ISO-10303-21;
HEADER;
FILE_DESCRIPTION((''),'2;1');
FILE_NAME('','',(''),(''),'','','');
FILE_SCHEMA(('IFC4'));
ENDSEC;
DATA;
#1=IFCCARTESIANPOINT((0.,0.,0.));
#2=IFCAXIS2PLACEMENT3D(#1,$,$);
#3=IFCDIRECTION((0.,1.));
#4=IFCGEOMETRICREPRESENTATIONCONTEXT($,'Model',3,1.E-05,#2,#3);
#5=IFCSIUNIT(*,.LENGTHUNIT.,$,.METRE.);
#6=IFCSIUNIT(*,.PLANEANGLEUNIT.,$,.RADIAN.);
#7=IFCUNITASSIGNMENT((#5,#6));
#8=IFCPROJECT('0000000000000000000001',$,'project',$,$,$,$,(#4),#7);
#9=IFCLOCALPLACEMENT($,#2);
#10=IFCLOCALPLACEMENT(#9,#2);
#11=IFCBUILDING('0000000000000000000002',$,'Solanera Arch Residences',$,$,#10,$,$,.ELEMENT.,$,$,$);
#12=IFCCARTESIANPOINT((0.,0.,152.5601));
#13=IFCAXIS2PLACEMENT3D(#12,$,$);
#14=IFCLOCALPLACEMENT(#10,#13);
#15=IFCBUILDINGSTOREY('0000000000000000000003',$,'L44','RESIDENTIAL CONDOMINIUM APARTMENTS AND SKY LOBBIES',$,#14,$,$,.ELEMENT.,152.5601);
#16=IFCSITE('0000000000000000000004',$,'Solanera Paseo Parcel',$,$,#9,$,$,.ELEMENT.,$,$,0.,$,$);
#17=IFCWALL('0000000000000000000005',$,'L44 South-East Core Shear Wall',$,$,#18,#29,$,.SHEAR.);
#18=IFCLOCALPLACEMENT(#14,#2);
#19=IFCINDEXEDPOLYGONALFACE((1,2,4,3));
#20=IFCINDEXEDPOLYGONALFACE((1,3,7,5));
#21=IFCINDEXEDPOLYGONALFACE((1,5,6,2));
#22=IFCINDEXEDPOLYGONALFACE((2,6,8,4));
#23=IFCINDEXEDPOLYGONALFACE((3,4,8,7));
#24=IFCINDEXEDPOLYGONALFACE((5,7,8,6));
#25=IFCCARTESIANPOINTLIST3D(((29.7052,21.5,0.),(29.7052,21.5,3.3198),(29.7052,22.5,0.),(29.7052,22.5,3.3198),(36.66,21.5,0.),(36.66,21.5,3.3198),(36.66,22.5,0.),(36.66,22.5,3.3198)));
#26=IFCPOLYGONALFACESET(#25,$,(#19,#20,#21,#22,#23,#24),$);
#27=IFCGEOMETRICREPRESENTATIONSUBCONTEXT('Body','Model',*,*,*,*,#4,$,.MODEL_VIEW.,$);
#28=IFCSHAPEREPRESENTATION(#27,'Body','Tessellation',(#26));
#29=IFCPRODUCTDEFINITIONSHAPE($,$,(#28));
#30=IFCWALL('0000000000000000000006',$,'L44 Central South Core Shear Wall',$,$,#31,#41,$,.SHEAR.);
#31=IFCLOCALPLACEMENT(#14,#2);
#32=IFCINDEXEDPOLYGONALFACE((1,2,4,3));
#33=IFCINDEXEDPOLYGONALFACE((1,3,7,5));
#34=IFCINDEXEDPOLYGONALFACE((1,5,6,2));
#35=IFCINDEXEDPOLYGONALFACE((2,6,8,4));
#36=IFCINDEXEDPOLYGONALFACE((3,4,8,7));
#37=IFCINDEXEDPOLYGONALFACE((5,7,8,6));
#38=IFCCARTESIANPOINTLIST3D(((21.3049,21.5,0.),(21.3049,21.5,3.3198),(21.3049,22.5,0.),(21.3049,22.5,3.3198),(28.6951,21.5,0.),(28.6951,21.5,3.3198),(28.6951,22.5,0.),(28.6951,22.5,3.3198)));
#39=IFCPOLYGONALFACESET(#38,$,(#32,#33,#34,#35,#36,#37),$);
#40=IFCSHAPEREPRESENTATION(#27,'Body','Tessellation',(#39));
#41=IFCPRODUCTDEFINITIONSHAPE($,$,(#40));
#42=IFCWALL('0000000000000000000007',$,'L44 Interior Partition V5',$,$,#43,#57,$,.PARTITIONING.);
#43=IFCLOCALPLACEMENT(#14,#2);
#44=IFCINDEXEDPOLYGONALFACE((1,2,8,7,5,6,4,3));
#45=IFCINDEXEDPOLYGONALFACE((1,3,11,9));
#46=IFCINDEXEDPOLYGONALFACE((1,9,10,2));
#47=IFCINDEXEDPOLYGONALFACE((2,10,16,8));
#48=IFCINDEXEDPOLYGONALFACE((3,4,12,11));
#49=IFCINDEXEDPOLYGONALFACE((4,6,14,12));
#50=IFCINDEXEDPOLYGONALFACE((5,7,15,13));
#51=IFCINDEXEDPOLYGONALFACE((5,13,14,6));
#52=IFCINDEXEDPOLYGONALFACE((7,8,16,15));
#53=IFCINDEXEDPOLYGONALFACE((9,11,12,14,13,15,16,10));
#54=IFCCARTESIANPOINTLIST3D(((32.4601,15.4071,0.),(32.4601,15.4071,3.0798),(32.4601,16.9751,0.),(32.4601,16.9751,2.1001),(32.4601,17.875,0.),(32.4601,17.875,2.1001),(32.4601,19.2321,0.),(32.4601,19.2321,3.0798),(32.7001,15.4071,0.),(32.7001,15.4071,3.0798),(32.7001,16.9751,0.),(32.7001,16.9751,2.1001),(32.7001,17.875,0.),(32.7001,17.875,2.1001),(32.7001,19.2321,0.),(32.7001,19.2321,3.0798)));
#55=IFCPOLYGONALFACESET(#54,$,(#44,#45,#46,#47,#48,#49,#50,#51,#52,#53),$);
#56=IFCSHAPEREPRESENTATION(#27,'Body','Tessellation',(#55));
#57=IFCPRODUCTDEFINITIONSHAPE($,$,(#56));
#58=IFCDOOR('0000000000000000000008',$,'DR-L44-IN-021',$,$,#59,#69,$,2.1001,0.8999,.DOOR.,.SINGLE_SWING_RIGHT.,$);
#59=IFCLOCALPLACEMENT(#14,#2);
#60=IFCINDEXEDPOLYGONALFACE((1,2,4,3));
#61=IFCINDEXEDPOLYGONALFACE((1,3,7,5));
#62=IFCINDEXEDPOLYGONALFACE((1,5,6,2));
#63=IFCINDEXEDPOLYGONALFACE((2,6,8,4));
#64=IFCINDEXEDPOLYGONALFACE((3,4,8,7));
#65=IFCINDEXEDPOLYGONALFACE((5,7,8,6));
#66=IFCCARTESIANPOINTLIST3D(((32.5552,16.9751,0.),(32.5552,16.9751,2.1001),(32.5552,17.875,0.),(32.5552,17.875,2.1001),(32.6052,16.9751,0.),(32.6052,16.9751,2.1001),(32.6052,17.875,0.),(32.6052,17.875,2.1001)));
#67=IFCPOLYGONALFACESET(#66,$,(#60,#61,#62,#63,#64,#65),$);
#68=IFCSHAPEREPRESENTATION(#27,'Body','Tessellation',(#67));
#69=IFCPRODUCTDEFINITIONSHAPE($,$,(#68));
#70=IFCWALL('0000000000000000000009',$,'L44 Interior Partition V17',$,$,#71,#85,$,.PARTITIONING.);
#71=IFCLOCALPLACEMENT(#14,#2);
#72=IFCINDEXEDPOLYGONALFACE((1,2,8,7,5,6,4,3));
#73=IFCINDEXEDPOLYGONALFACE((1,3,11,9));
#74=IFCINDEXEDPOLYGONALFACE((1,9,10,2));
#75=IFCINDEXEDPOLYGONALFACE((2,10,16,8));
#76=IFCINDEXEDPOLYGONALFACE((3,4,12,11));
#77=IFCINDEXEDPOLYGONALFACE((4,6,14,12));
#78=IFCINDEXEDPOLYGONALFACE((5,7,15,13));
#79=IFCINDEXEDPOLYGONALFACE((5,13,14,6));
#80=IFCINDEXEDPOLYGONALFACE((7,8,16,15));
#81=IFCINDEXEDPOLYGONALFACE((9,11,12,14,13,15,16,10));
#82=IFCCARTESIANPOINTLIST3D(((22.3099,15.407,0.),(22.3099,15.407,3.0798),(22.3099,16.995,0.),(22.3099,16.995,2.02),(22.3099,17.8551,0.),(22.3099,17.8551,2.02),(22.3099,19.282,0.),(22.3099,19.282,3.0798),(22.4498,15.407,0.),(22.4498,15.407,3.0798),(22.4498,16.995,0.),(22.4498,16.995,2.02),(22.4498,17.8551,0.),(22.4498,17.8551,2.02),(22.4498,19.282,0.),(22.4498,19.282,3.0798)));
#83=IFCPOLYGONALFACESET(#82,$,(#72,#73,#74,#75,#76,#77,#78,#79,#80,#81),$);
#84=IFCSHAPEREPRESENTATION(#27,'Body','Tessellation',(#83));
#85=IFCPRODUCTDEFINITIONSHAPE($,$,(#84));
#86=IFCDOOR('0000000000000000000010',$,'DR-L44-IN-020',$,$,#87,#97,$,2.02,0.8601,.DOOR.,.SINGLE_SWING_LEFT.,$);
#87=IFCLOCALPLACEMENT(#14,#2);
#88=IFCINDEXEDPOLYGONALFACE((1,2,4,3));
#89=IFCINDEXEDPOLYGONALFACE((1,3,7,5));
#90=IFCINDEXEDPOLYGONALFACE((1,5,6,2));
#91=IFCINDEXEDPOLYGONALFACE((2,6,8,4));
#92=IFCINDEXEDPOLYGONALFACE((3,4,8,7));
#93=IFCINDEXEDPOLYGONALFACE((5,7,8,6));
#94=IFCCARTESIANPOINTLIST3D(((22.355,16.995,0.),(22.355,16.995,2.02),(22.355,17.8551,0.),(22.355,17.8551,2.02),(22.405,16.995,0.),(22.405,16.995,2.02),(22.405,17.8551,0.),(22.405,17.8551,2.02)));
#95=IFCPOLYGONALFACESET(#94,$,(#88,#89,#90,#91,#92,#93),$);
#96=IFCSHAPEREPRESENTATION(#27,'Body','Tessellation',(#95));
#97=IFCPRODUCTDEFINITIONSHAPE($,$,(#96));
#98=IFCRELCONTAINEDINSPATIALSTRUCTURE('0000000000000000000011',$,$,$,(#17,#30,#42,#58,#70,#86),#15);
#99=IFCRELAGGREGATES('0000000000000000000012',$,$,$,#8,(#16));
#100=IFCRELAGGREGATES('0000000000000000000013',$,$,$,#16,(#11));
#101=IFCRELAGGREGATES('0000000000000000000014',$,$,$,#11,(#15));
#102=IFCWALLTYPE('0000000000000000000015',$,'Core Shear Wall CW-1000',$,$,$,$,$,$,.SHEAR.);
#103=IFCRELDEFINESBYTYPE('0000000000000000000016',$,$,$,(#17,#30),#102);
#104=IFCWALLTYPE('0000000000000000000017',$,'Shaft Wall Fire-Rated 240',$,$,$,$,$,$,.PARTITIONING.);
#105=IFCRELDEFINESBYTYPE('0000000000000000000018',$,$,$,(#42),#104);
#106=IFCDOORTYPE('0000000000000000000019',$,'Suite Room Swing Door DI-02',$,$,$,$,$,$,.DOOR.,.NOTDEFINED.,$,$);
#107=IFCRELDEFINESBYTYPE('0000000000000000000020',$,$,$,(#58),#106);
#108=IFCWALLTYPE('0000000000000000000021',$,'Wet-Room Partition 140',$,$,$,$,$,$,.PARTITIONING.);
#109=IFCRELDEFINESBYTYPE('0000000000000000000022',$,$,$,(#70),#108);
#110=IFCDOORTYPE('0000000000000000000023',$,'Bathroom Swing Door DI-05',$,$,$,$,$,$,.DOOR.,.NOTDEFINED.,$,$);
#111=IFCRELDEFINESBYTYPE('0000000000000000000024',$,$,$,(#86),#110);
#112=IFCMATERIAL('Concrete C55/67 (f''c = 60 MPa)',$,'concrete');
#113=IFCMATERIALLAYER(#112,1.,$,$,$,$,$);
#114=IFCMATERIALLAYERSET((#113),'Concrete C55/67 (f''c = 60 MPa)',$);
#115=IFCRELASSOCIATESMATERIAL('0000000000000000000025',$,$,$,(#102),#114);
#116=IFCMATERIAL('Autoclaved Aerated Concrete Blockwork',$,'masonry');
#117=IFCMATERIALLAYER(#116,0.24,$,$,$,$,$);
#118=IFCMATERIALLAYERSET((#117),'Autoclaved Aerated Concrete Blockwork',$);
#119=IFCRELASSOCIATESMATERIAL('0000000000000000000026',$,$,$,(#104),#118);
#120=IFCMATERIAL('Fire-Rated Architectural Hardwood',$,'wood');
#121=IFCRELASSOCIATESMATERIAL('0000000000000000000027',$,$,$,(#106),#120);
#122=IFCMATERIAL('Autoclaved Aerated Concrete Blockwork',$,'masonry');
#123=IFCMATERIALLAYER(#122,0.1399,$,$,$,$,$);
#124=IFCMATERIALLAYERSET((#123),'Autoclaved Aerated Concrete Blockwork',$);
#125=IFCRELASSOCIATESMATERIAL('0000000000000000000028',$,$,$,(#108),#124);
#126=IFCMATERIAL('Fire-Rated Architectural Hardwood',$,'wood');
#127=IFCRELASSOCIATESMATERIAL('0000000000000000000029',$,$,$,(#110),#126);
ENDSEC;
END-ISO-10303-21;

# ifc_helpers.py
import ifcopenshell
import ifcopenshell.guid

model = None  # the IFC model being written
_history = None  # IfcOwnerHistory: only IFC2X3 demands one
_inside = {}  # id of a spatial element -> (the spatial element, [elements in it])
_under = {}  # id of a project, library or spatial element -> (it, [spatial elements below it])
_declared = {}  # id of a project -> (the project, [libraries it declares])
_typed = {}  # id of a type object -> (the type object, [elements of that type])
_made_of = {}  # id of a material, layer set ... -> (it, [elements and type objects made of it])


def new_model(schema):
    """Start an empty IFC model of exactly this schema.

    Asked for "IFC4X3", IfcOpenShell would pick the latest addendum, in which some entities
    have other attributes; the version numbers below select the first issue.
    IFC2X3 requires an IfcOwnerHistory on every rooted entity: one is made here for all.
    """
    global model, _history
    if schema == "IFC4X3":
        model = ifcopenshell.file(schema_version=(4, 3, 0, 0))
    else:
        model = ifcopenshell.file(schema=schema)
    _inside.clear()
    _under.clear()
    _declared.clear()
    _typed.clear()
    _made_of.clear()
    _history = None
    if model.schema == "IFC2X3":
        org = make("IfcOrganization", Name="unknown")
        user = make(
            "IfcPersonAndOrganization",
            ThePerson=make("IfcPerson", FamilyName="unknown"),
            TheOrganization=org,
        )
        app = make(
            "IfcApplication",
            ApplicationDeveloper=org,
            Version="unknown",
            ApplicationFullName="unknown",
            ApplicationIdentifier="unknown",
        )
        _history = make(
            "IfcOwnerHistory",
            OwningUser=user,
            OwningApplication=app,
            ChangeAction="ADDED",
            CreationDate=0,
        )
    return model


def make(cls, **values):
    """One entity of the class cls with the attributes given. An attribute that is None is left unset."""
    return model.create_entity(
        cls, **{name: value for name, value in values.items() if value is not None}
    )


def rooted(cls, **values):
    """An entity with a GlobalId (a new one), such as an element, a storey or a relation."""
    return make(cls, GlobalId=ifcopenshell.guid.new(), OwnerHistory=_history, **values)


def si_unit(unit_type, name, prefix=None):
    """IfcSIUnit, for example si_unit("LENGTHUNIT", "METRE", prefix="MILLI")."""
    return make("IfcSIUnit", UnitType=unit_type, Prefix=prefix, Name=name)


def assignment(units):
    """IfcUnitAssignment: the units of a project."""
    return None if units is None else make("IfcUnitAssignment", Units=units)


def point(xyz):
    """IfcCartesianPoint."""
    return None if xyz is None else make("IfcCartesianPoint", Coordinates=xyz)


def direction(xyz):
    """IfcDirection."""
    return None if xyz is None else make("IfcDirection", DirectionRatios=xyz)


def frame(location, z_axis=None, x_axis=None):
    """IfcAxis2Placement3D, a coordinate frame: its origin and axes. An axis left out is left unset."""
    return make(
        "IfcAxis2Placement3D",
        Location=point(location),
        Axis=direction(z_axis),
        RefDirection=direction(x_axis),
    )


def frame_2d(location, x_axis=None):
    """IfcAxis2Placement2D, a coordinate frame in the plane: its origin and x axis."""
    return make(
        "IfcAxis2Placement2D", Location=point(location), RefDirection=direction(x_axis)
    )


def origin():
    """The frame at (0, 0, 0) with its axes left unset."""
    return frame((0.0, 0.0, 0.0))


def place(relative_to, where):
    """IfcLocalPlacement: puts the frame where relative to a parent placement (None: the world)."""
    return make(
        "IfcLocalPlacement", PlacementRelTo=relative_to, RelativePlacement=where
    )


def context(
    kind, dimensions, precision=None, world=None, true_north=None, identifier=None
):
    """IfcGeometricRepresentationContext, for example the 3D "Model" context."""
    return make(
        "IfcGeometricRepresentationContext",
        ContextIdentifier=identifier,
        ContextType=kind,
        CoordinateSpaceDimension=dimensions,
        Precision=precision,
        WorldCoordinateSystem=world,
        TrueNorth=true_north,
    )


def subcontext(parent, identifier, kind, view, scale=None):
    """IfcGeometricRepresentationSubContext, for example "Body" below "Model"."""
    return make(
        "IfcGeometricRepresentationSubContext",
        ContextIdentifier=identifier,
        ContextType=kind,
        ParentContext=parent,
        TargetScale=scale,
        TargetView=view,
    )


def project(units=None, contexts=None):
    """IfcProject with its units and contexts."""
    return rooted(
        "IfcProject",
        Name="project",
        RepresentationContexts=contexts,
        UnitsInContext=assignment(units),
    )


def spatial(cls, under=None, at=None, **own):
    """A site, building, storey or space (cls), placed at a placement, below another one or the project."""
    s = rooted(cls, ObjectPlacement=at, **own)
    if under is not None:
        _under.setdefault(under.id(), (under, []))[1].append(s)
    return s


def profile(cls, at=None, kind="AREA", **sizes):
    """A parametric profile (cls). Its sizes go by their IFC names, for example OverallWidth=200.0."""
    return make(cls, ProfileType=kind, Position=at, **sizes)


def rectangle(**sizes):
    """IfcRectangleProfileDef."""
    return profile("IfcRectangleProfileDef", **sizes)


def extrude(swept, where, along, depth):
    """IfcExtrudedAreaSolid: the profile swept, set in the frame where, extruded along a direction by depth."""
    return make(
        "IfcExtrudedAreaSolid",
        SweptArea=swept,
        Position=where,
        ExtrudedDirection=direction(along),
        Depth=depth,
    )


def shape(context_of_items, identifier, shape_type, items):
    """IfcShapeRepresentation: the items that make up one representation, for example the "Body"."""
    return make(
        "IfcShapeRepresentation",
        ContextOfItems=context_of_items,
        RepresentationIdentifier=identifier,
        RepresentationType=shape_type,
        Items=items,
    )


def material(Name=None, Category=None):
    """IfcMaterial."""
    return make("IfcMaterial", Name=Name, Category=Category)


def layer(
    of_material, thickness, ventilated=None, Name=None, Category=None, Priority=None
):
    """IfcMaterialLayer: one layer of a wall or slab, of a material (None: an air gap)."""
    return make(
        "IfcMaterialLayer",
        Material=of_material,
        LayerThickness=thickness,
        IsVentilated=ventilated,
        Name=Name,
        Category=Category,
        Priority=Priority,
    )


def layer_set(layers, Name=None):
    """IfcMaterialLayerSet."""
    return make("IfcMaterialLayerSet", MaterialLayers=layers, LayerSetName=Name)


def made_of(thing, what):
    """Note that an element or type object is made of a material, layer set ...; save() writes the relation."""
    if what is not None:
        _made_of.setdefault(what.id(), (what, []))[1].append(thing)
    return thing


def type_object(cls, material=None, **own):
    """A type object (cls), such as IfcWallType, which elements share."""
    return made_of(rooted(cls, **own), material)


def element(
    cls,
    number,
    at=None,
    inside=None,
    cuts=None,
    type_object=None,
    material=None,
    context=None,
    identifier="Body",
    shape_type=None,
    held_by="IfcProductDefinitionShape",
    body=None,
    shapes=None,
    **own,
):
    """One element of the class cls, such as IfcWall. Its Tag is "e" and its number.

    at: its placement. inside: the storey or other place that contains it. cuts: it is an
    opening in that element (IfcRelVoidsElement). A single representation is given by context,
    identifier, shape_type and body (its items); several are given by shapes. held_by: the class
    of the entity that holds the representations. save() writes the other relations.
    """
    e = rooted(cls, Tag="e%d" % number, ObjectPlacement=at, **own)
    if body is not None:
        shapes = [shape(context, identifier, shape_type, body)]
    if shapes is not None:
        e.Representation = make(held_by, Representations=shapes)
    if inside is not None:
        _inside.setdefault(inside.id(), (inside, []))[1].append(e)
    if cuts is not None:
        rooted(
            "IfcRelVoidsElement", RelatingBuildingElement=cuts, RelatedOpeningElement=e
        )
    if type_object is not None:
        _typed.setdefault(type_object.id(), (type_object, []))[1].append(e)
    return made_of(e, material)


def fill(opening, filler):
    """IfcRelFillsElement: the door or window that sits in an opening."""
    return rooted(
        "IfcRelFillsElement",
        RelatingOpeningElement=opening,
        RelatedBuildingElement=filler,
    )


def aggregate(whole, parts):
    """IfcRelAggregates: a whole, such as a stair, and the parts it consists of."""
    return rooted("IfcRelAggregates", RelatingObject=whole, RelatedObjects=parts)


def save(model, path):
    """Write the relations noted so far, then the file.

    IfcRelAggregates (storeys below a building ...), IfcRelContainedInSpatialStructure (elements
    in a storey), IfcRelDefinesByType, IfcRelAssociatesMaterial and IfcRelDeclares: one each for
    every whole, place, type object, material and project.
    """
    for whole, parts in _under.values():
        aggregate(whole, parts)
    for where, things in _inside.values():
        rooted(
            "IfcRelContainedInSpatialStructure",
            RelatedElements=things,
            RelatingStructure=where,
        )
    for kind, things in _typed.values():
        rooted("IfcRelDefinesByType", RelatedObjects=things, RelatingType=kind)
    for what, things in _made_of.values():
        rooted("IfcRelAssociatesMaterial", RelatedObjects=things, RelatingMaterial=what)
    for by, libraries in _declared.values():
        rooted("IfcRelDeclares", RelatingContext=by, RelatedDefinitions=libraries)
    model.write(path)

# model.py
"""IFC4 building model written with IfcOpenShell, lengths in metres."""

from ifc_helpers import new_model, si_unit, direction, frame, frame_2d, origin, place, context, subcontext, project, spatial, rectangle, extrude, material, layer, layer_set, type_object, element, fill, save


model = new_model("IFC4")

# Units and contexts
model_context = context("Model", 3, precision=1e-05, world=origin(), true_north=direction((0.0, 1.0)))
body_context = subcontext(model_context, "Body", "Model", "MODEL_VIEW")
ifc_project = project(units=[si_unit("LENGTHUNIT", "METRE"), si_unit("PLANEANGLEUNIT", "RADIAN")], contexts=[model_context])

# Site, building, storey
site_placement = place(None, origin())
site = spatial("IfcSite", under=ifc_project, at=site_placement, Name="Solanera Paseo Parcel", CompositionType="ELEMENT", RefElevation=0.0)
building_placement = place(site_placement, origin())
building = spatial("IfcBuilding", under=site, at=building_placement, Name="Solanera Arch Residences", CompositionType="ELEMENT")
storey_placement = place(building_placement, frame((0.0, 0.0, 152.5601)))
storey = spatial("IfcBuildingStorey", under=building, at=storey_placement, Name="L44", Description="RESIDENTIAL CONDOMINIUM APARTMENTS AND SKY LOBBIES", CompositionType="ELEMENT", Elevation=152.5601)

# Walls
ifc_material_1 = material(Name="Concrete C55/67 (f'c = 60 MPa)", Category="concrete")
ifc_layer_1 = layer(ifc_material_1, 1.0)
ifc_layer_set_1 = layer_set([ifc_layer_1], Name="Concrete C55/67 (f'c = 60 MPa)")
wall_type_1 = type_object("IfcWallType", Name="Core Shear Wall CW-1000", PredefinedType="SHEAR", material=ifc_layer_set_1)
wall_1_placement = place(storey_placement, frame((29.7051, 22.0, 0.0), z_axis=(0.0, 0.0, 1.0), x_axis=(1.0, 0.0, 0.0)))
element("IfcWall", 1, at=wall_1_placement, inside=storey, type_object=wall_type_1, Name="L44 South-East Core Shear Wall", PredefinedType="SHEAR", context=body_context, shape_type="SweptSolid", body=[
    extrude(rectangle(XDim=6.9548, YDim=1.0, at=frame_2d((3.4775, 0.0))), origin(), (0.0, 0.0, 1.0), 3.3198),
])
wall_2_placement = place(storey_placement, frame((21.3049, 22.0, 0.0), z_axis=(0.0, 0.0, 1.0), x_axis=(1.0, 0.0, 0.0)))
element("IfcWall", 2, at=wall_2_placement, inside=storey, type_object=wall_type_1, Name="L44 Central South Core Shear Wall", PredefinedType="SHEAR", context=body_context, shape_type="SweptSolid", body=[
    extrude(rectangle(XDim=7.3901, YDim=1.0, at=frame_2d((3.6951, 0.0))), origin(), (0.0, 0.0, 1.0), 3.3198),
])

# Walls, openings, doors
ifc_material_2 = material(Name="Autoclaved Aerated Concrete Blockwork", Category="masonry")
ifc_layer_2 = layer(ifc_material_2, 0.24)
ifc_layer_set_2 = layer_set([ifc_layer_2], Name="Autoclaved Aerated Concrete Blockwork")
wall_type_2 = type_object("IfcWallType", Name="Shaft Wall Fire-Rated 240", PredefinedType="PARTITIONING", material=ifc_layer_set_2)
wall_3_placement = place(storey_placement, frame((32.5801, 15.407, 0.0), z_axis=(0.0, 0.0, 1.0), x_axis=(0.0, 1.0, 0.0)))
wall_3 = element("IfcWall", 3, at=wall_3_placement, inside=storey, type_object=wall_type_2, Name="L44 Interior Partition V5", PredefinedType="PARTITIONING", context=body_context, shape_type="SweptSolid", body=[
    extrude(rectangle(XDim=3.825, YDim=0.24, at=frame_2d((1.9126, 0.0))), origin(), (0.0, 0.0, 1.0), 3.0798),
])
opening_1_placement = place(wall_3_placement, frame((1.5681, 0.0, 0.0)))
opening_1 = element("IfcOpeningElement", 4, at=opening_1_placement, cuts=wall_3, PredefinedType="OPENING", context=body_context, shape_type="SweptSolid", body=[
    extrude(rectangle(XDim=0.8999, YDim=2.1001, at=frame_2d((0.45, 1.05))), frame((0.0, 0.1299, 0.0), z_axis=(0.0, -1.0, 0.0), x_axis=(1.0, 0.0, 0.0)), (0.0, 0.0, 1.0), 0.26),
])
ifc_material_3 = material(Name="Fire-Rated Architectural Hardwood", Category="wood")
door_type_1 = type_object("IfcDoorType", Name="Suite Room Swing Door DI-02", OperationType="NOTDEFINED", PredefinedType="DOOR", material=ifc_material_3)
door_1_placement = place(opening_1_placement, origin())
door_1 = element("IfcDoor", 5, at=door_1_placement, inside=storey, type_object=door_type_1, Name="DR-L44-IN-021", OperationType="SINGLE_SWING_RIGHT", OverallHeight=2.1001, OverallWidth=0.8999, PredefinedType="DOOR", context=body_context, shape_type="SweptSolid", body=[
    extrude(rectangle(XDim=0.8999, YDim=2.1001, at=frame_2d((0.45, 1.05))), frame((0.0, 0.0249, 0.0), z_axis=(0.0, -1.0, 0.0), x_axis=(1.0, 0.0, 0.0)), (0.0, 0.0, 1.0), 0.05),
])
fill(opening_1, door_1)
ifc_material_4 = material(Name="Autoclaved Aerated Concrete Blockwork", Category="masonry")
ifc_layer_3 = layer(ifc_material_4, 0.1399)
ifc_layer_set_3 = layer_set([ifc_layer_3], Name="Autoclaved Aerated Concrete Blockwork")
wall_type_3 = type_object("IfcWallType", Name="Wet-Room Partition 140", PredefinedType="PARTITIONING", material=ifc_layer_set_3)
wall_4_placement = place(storey_placement, frame((22.3799, 15.407, 0.0), z_axis=(0.0, 0.0, 1.0), x_axis=(0.0, 1.0, 0.0)))
wall_4 = element("IfcWall", 6, at=wall_4_placement, inside=storey, type_object=wall_type_3, Name="L44 Interior Partition V17", PredefinedType="PARTITIONING", context=body_context, shape_type="SweptSolid", body=[
    extrude(rectangle(XDim=3.875, YDim=0.1399, at=frame_2d((1.9375, 0.0))), origin(), (0.0, 0.0, 1.0), 3.0798),
])
opening_2_placement = place(wall_4_placement, frame((1.5879, 0.0, 0.0)))
opening_2 = element("IfcOpeningElement", 7, at=opening_2_placement, cuts=wall_4, PredefinedType="OPENING", context=body_context, shape_type="SweptSolid", body=[
    extrude(rectangle(XDim=0.8601, YDim=2.02, at=frame_2d((0.4302, 1.01))), frame((0.0, 0.0798, 0.0), z_axis=(0.0, -1.0, 0.0), x_axis=(1.0, 0.0, 0.0)), (0.0, 0.0, 1.0), 0.1599),
])
ifc_material_5 = material(Name="Fire-Rated Architectural Hardwood", Category="wood")
door_type_2 = type_object("IfcDoorType", Name="Bathroom Swing Door DI-05", OperationType="NOTDEFINED", PredefinedType="DOOR", material=ifc_material_5)
door_2_placement = place(opening_2_placement, origin())
door_2 = element("IfcDoor", 8, at=door_2_placement, inside=storey, type_object=door_type_2, Name="DR-L44-IN-020", OperationType="SINGLE_SWING_LEFT", OverallHeight=2.02, OverallWidth=0.8601, PredefinedType="DOOR", context=body_context, shape_type="SweptSolid", body=[
    extrude(rectangle(XDim=0.8601, YDim=2.02, at=frame_2d((0.4302, 1.01))), frame((0.0, 0.0249, 0.0), z_axis=(0.0, -1.0, 0.0), x_axis=(1.0, 0.0, 0.0)), (0.0, 0.0, 1.0), 0.05),
])
fill(opening_2, door_2)

save(model, "model.ifc")
